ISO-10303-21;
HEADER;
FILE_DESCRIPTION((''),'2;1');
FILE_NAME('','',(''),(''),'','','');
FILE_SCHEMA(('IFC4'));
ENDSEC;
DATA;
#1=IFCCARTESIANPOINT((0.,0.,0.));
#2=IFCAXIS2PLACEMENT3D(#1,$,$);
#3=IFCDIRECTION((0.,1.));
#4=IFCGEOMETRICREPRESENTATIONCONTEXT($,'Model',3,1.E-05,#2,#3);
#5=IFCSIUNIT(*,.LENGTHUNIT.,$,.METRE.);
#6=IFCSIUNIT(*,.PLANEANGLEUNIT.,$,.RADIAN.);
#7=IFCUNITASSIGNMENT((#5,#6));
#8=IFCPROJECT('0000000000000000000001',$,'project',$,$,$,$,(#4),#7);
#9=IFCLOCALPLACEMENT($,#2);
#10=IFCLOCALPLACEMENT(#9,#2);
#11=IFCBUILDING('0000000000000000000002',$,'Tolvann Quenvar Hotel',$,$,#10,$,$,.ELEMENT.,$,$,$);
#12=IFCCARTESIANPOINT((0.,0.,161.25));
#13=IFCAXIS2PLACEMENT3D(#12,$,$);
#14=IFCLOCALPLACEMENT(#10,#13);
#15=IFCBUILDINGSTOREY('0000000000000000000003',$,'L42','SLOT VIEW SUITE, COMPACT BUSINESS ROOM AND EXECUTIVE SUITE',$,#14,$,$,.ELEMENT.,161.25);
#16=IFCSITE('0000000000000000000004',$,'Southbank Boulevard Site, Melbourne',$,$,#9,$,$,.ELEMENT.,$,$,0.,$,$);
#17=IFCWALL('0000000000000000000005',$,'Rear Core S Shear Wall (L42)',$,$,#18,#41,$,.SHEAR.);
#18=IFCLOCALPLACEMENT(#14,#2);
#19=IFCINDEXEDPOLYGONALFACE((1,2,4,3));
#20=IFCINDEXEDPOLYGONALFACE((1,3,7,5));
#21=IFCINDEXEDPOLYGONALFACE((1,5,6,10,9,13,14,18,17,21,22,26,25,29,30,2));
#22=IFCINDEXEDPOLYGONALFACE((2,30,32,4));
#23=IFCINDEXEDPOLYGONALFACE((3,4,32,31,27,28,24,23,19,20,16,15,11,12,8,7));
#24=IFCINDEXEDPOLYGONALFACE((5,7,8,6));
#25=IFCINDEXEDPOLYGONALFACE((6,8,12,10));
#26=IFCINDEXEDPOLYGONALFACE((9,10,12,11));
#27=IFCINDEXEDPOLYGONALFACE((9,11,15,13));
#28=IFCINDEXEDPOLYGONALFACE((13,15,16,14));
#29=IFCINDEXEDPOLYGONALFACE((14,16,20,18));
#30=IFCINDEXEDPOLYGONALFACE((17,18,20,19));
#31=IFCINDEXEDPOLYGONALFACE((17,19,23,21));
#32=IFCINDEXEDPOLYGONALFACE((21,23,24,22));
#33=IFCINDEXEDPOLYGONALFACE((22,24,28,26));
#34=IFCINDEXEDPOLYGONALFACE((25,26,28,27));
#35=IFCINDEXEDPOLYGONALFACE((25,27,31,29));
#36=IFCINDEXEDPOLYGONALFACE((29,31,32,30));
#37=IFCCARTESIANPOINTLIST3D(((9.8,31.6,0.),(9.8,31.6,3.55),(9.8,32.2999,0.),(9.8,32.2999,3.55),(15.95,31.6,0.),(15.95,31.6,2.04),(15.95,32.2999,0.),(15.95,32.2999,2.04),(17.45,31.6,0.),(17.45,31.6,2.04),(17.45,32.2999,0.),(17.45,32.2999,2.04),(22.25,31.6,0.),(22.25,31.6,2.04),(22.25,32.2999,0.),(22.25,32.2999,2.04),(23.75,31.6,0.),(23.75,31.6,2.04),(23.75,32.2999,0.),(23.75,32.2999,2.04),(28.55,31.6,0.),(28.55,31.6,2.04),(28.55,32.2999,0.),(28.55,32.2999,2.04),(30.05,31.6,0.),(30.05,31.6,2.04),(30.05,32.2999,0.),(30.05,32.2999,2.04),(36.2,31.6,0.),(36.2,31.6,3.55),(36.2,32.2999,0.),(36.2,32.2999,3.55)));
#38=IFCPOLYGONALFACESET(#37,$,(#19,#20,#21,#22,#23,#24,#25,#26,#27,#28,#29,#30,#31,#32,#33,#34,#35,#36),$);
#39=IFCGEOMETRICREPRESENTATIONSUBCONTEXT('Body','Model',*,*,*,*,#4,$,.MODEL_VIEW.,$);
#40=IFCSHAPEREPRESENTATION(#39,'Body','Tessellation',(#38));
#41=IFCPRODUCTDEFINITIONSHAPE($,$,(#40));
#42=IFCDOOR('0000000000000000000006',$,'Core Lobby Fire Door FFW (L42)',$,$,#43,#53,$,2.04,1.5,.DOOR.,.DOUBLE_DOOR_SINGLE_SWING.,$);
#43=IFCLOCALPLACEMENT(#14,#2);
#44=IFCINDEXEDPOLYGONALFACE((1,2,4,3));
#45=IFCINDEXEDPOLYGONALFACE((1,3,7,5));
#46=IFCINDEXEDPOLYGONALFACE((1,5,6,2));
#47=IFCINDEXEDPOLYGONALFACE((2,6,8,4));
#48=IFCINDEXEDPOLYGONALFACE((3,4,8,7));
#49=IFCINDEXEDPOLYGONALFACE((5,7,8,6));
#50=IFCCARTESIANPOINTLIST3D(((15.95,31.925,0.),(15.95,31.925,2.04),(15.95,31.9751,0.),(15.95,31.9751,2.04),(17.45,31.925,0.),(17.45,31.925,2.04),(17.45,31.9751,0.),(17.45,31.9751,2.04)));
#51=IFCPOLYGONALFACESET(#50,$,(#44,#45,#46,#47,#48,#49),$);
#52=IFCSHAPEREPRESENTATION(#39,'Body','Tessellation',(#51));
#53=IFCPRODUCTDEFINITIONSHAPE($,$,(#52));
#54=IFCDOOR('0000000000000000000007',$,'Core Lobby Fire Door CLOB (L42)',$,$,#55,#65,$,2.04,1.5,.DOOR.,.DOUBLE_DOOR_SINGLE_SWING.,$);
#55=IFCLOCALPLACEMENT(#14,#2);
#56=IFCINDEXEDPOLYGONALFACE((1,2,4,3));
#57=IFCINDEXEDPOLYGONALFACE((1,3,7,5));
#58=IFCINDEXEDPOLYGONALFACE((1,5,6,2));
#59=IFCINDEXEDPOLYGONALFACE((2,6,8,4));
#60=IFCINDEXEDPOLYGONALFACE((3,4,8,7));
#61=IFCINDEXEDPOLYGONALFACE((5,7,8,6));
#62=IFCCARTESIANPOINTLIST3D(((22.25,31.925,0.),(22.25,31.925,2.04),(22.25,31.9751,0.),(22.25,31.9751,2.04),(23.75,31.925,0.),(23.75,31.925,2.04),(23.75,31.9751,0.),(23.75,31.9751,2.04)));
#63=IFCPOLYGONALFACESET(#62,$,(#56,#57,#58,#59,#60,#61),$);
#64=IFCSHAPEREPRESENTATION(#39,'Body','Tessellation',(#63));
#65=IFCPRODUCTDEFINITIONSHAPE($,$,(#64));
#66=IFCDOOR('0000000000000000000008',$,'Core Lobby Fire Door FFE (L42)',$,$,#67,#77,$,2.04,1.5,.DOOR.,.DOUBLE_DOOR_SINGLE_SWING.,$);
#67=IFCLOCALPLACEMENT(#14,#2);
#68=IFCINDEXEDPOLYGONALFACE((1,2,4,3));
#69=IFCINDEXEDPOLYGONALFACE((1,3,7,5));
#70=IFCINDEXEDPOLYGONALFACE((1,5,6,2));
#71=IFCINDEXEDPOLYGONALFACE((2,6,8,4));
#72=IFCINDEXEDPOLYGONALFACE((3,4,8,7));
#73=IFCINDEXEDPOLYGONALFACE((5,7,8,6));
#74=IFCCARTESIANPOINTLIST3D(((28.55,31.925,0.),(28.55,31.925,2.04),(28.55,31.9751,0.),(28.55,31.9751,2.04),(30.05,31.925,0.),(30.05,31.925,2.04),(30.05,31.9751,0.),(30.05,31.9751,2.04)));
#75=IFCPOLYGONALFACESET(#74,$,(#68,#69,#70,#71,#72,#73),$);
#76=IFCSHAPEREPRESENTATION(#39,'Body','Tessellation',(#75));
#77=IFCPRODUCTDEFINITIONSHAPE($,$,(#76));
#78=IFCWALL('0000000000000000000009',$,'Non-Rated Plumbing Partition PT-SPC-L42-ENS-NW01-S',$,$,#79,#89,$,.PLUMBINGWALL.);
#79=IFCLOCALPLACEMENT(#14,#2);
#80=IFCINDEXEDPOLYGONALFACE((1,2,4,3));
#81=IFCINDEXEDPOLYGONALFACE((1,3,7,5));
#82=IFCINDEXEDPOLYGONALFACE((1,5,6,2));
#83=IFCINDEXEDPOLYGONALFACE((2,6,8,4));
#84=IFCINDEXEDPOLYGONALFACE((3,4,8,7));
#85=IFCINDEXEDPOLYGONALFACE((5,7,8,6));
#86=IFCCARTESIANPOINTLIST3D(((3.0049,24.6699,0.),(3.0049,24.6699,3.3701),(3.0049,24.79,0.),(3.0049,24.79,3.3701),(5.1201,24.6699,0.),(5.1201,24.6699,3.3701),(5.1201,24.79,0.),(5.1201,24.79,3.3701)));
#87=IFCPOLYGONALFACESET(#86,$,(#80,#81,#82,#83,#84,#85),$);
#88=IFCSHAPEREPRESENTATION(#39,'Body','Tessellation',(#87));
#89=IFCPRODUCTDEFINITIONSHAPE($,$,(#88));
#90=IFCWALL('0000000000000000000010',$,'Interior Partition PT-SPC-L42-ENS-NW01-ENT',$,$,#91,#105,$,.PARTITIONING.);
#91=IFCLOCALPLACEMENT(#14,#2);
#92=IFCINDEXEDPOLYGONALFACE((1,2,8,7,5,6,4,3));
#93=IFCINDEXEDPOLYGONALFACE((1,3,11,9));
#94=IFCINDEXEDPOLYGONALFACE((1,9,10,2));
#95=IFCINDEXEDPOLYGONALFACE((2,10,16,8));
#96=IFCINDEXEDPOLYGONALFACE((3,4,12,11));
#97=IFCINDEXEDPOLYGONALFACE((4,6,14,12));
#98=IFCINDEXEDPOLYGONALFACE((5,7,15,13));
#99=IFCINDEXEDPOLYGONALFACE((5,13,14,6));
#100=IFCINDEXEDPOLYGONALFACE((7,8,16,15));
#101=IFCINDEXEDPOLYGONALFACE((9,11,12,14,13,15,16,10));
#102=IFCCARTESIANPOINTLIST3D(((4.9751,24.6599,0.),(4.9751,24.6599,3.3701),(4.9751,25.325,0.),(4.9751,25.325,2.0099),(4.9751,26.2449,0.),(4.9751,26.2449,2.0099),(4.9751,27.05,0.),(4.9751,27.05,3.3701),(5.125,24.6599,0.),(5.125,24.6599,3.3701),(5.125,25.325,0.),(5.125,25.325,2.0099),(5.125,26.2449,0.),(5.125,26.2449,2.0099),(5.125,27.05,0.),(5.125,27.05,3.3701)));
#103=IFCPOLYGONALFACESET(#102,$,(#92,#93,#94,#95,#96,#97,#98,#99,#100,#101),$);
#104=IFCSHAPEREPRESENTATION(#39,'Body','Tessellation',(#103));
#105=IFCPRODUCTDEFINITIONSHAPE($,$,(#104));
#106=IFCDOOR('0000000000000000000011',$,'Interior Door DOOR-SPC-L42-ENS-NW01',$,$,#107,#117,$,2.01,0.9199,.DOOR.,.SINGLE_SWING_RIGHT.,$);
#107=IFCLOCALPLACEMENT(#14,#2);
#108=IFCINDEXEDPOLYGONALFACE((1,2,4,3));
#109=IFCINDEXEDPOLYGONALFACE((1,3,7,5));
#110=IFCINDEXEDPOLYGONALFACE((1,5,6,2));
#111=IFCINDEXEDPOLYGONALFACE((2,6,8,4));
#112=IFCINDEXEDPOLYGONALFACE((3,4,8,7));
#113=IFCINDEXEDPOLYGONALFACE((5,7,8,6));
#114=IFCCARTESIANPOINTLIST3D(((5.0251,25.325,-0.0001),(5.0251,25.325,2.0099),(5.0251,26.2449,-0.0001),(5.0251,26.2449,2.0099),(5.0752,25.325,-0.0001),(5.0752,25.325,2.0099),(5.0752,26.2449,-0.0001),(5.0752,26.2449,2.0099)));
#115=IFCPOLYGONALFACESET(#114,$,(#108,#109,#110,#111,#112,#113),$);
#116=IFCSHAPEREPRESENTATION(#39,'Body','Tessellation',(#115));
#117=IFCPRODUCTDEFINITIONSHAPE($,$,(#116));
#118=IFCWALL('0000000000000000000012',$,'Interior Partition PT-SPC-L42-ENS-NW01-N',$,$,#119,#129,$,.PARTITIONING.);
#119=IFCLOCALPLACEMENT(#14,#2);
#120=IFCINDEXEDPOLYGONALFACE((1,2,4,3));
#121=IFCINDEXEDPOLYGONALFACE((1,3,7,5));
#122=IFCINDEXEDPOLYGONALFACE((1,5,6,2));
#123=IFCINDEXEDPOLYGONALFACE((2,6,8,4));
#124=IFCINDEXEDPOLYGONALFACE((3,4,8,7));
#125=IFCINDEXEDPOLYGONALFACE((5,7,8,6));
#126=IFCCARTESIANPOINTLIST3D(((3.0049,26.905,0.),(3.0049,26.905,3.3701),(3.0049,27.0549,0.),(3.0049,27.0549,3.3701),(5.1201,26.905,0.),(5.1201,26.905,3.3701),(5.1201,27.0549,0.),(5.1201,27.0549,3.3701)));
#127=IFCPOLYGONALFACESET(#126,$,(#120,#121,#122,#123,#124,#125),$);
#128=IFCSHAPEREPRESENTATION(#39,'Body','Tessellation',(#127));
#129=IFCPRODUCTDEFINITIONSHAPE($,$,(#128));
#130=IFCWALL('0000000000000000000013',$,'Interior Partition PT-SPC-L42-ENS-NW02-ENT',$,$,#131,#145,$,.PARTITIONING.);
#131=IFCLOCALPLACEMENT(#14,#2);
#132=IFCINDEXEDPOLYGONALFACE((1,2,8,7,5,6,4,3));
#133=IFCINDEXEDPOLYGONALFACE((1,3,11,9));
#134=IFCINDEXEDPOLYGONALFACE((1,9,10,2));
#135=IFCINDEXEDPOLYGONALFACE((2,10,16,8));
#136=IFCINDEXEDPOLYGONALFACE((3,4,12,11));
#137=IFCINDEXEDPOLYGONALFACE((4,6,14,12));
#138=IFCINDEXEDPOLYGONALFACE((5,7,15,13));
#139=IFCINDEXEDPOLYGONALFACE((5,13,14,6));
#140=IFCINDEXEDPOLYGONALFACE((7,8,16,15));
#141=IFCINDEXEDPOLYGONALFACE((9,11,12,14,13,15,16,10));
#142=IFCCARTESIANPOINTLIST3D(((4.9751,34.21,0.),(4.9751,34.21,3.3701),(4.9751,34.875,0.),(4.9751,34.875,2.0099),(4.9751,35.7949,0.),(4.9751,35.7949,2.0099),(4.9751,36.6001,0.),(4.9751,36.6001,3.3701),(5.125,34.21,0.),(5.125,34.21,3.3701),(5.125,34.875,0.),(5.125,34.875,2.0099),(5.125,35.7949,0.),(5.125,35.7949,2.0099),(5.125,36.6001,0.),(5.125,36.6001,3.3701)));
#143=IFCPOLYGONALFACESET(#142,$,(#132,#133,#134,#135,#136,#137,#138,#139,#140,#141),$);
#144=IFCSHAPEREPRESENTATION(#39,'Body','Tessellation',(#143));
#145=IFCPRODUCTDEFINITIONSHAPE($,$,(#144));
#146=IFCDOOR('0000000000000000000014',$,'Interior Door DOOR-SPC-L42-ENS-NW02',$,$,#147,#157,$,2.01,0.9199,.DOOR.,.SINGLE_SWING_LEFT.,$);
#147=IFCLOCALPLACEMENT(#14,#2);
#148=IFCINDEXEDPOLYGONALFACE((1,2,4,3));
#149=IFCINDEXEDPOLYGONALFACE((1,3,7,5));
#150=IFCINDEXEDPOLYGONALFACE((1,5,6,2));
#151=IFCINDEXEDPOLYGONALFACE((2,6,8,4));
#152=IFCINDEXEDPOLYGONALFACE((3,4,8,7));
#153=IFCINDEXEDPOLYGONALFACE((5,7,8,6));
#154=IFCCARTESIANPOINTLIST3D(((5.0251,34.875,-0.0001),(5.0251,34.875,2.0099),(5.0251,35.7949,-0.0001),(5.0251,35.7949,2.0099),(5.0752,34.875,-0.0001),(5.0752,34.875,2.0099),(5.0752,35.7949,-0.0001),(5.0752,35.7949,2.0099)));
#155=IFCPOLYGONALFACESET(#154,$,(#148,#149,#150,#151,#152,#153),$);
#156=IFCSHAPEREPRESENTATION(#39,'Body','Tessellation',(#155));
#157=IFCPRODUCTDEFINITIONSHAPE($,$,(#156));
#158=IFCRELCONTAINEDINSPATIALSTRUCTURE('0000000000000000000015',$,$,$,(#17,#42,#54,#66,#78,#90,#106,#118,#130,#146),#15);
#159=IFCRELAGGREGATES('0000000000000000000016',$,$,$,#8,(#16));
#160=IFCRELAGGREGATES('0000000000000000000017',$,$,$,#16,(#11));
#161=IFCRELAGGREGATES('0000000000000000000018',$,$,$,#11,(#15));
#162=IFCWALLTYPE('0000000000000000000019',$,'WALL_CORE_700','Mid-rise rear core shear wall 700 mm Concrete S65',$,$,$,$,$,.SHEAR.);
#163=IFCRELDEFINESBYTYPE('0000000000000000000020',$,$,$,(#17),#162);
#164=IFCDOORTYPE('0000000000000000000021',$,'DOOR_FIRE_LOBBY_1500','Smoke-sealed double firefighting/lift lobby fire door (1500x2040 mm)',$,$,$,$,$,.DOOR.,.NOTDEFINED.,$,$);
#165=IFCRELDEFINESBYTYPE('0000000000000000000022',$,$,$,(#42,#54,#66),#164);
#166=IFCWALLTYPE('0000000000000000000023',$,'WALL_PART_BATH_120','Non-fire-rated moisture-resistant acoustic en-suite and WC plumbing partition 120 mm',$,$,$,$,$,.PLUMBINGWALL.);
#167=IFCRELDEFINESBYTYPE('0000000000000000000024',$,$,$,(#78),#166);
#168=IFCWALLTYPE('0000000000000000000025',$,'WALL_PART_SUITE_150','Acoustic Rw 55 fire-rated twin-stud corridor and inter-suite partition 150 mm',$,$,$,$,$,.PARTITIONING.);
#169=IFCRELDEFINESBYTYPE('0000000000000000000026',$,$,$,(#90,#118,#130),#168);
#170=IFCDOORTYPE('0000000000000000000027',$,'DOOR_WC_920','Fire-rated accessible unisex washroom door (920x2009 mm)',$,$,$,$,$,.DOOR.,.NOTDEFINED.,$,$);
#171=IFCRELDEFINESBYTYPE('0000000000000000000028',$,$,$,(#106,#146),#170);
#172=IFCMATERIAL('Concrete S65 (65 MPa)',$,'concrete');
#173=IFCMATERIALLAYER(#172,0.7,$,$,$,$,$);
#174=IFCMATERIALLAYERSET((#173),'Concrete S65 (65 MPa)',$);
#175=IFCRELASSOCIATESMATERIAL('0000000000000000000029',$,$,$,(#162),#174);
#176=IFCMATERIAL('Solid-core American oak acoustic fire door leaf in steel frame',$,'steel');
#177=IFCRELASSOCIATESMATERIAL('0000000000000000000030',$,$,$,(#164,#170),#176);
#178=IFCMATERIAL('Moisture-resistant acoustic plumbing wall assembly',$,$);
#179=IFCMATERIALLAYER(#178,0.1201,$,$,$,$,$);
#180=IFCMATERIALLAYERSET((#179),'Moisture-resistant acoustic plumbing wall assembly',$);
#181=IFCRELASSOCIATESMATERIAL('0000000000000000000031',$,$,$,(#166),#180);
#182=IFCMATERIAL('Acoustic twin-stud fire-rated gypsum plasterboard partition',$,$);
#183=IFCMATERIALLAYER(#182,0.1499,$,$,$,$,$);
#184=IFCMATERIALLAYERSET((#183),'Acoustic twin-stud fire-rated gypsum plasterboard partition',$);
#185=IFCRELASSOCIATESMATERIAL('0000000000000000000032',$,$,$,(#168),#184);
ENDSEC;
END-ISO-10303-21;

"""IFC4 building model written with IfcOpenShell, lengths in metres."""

from ifc_helpers import new_model, si_unit, direction, frame, frame_2d, origin, place, context, subcontext, project, spatial, rectangle, extrude, source, transform, mapped, material, layer, layer_set, type_object, type_shapes, element, fill, save


model = new_model("IFC4")

# Units and contexts
model_context = context("Model", 3, precision=1e-05, world=origin(), true_north=direction((0.0, 1.0)))
body_context = subcontext(model_context, "Body", "Model", "MODEL_VIEW")
ifc_project = project(units=[si_unit("LENGTHUNIT", "METRE"), si_unit("PLANEANGLEUNIT", "RADIAN")], contexts=[model_context])

# Site, building, storey
site_placement = place(None, origin())
site = spatial("IfcSite", under=ifc_project, at=site_placement, Name="Southbank Boulevard Site, Melbourne", CompositionType="ELEMENT", RefElevation=0.0)
building_placement = place(site_placement, origin())
building = spatial("IfcBuilding", under=site, at=building_placement, Name="Tolvann Quenvar Hotel", CompositionType="ELEMENT")
storey_placement = place(building_placement, frame((0.0, 0.0, 161.25)))
storey = spatial("IfcBuildingStorey", under=building, at=storey_placement, Name="L42", Description="SLOT VIEW SUITE, COMPACT BUSINESS ROOM AND EXECUTIVE SUITE", CompositionType="ELEMENT", Elevation=161.25)

# Wall, openings, doors
ifc_material_1 = material(Name="Concrete S65 (65 MPa)", Category="concrete")
ifc_layer_1 = layer(ifc_material_1, 0.7)
ifc_layer_set_1 = layer_set([ifc_layer_1], Name="Concrete S65 (65 MPa)")
wall_type_1 = type_object("IfcWallType", Name="WALL_CORE_700", Description="Mid-rise rear core shear wall 700 mm Concrete S65", PredefinedType="SHEAR", material=ifc_layer_set_1)
wall_1_placement = place(storey_placement, frame((9.8, 31.95, 0.0), z_axis=(0.0, 0.0, 1.0), x_axis=(1.0, 0.0, 0.0)))
wall_1 = element("IfcWall", 1, at=wall_1_placement, inside=storey, type_object=wall_type_1, Name="Rear Core S Shear Wall (L42)", PredefinedType="SHEAR", context=body_context, shape_type="SweptSolid", body=[
    extrude(rectangle(XDim=26.3999, YDim=0.7, at=frame_2d((13.2, 0.0))), origin(), (0.0, 0.0, 1.0), 3.55),
])
opening_1_placement = place(wall_1_placement, frame((7.6499, 0.0, 0.0), z_axis=(0.0, 0.0, 1.0), x_axis=(-1.0, 0.0, 0.0)))
opening_1 = element("IfcOpeningElement", 2, at=opening_1_placement, cuts=wall_1, PredefinedType="OPENING", context=body_context, shape_type="SweptSolid", body=[
    extrude(rectangle(XDim=1.5, YDim=2.04, at=frame_2d((0.75, 1.02))), frame((0.0, 0.3599, 0.0), z_axis=(0.0, -1.0, 0.0), x_axis=(1.0, 0.0, 0.0)), (0.0, 0.0, 1.0), 0.72),
])
opening_2_placement = place(wall_1_placement, frame((13.95, 0.0, 0.0), z_axis=(0.0, 0.0, 1.0), x_axis=(-1.0, 0.0, 0.0)))
opening_2 = element("IfcOpeningElement", 3, at=opening_2_placement, cuts=wall_1, PredefinedType="OPENING", context=body_context, shape_type="SweptSolid", body=[
    extrude(rectangle(XDim=1.5, YDim=2.04, at=frame_2d((0.75, 1.02))), frame((0.0, 0.3599, 0.0), z_axis=(0.0, -1.0, 0.0), x_axis=(1.0, 0.0, 0.0)), (0.0, 0.0, 1.0), 0.72),
])
opening_3_placement = place(wall_1_placement, frame((20.25, 0.0, 0.0), z_axis=(0.0, 0.0, 1.0), x_axis=(-1.0, 0.0, 0.0)))
opening_3 = element("IfcOpeningElement", 4, at=opening_3_placement, cuts=wall_1, PredefinedType="OPENING", context=body_context, shape_type="SweptSolid", body=[
    extrude(rectangle(XDim=1.5, YDim=2.04, at=frame_2d((0.75, 1.02))), frame((0.0, 0.3599, 0.0), z_axis=(0.0, -1.0, 0.0), x_axis=(1.0, 0.0, 0.0)), (0.0, 0.0, 1.0), 0.72),
])
ifc_material_2 = material(Name="Solid-core American oak acoustic fire door leaf in steel frame", Category="steel")
door_type_1 = type_object("IfcDoorType", Name="DOOR_FIRE_LOBBY_1500", Description="Smoke-sealed double firefighting/lift lobby fire door (1500x2040 mm)", OperationType="NOTDEFINED", PredefinedType="DOOR", material=ifc_material_2)
shared_shape_1 = source(origin(), body_context, "Body", "SweptSolid", [
    extrude(rectangle(XDim=1.5, YDim=2.04, at=frame_2d((0.75, 1.02))), frame((0.0, 0.0249, 0.0), z_axis=(0.0, -1.0, 0.0), x_axis=(1.0, 0.0, 0.0)), (0.0, 0.0, 1.0), 0.05),
])
type_shapes(door_type_1, [shared_shape_1])
door_1_placement = place(opening_1_placement, origin())
door_1 = element("IfcDoor", 5, at=door_1_placement, inside=storey, type_object=door_type_1, Name="Core Lobby Fire Door FFW (L42)", OperationType="DOUBLE_DOOR_SINGLE_SWING", OverallHeight=2.04, OverallWidth=1.5, PredefinedType="DOOR", context=body_context, shape_type="MappedRepresentation", body=[
    mapped(shared_shape_1, transform((0.0, 0.0, 0.0), x_axis=(1.0, 0.0, 0.0), y_axis=(0.0, 1.0, 0.0), z_axis=(0.0, 0.0, 1.0), scale=1.0)),
])
fill(opening_1, door_1)
door_2_placement = place(opening_2_placement, origin())
door_2 = element("IfcDoor", 6, at=door_2_placement, inside=storey, type_object=door_type_1, Name="Core Lobby Fire Door CLOB (L42)", OperationType="DOUBLE_DOOR_SINGLE_SWING", OverallHeight=2.04, OverallWidth=1.5, PredefinedType="DOOR", context=body_context, shape_type="MappedRepresentation", body=[
    mapped(shared_shape_1, transform((0.0, 0.0, 0.0), x_axis=(1.0, 0.0, 0.0), y_axis=(0.0, 1.0, 0.0), z_axis=(0.0, 0.0, 1.0), scale=1.0)),
])
fill(opening_2, door_2)
door_3_placement = place(opening_3_placement, origin())
door_3 = element("IfcDoor", 7, at=door_3_placement, inside=storey, type_object=door_type_1, Name="Core Lobby Fire Door FFE (L42)", OperationType="DOUBLE_DOOR_SINGLE_SWING", OverallHeight=2.04, OverallWidth=1.5, PredefinedType="DOOR", context=body_context, shape_type="MappedRepresentation", body=[
    mapped(shared_shape_1, transform((0.0, 0.0, 0.0), x_axis=(1.0, 0.0, 0.0), y_axis=(0.0, 1.0, 0.0), z_axis=(0.0, 0.0, 1.0), scale=1.0)),
])
fill(opening_3, door_3)

# Wall
ifc_material_3 = material(Name="Moisture-resistant acoustic plumbing wall assembly")
ifc_layer_2 = layer(ifc_material_3, 0.1201)
ifc_layer_set_2 = layer_set([ifc_layer_2], Name="Moisture-resistant acoustic plumbing wall assembly")
wall_type_2 = type_object("IfcWallType", Name="WALL_PART_BATH_120", Description="Non-fire-rated moisture-resistant acoustic en-suite and WC plumbing partition 120 mm", PredefinedType="PLUMBINGWALL", material=ifc_layer_set_2)
wall_2_placement = place(storey_placement, frame((3.0049, 24.73, 0.0), z_axis=(0.0, 0.0, 1.0), x_axis=(1.0, 0.0, 0.0)))
element("IfcWall", 8, at=wall_2_placement, inside=storey, type_object=wall_type_2, Name="Non-Rated Plumbing Partition PT-SPC-L42-ENS-NW01-S", PredefinedType="PLUMBINGWALL", context=body_context, shape_type="SweptSolid", body=[
    extrude(rectangle(XDim=2.1152, YDim=0.1201, at=frame_2d((1.0576, 0.0))), origin(), (0.0, 0.0, 1.0), 3.3701),
])

# Wall, opening, door
ifc_material_4 = material(Name="Acoustic twin-stud fire-rated gypsum plasterboard partition")
ifc_layer_3 = layer(ifc_material_4, 0.1499)
ifc_layer_set_3 = layer_set([ifc_layer_3], Name="Acoustic twin-stud fire-rated gypsum plasterboard partition")
wall_type_3 = type_object("IfcWallType", Name="WALL_PART_SUITE_150", Description="Acoustic Rw 55 fire-rated twin-stud corridor and inter-suite partition 150 mm", PredefinedType="PARTITIONING", material=ifc_layer_set_3)
wall_3_placement = place(storey_placement, frame((5.05, 24.6599, 0.0), z_axis=(0.0, 0.0, 1.0), x_axis=(0.0, 1.0, 0.0)))
wall_3 = element("IfcWall", 9, at=wall_3_placement, inside=storey, type_object=wall_type_3, Name="Interior Partition PT-SPC-L42-ENS-NW01-ENT", PredefinedType="PARTITIONING", context=body_context, shape_type="SweptSolid", body=[
    extrude(rectangle(XDim=2.3901, YDim=0.1499, at=frame_2d((1.1951, 0.0))), origin(), (0.0, 0.0, 1.0), 3.3701),
])
opening_4_placement = place(wall_3_placement, frame((0.665, 0.0, 0.0)))
opening_4 = element("IfcOpeningElement", 10, at=opening_4_placement, cuts=wall_3, PredefinedType="OPENING", context=body_context, shape_type="SweptSolid", body=[
    extrude(rectangle(XDim=0.9199, YDim=2.01, at=frame_2d((0.46, 1.0049))), frame((0.0, 0.085, 0.0), z_axis=(0.0, -1.0, 0.0), x_axis=(1.0, 0.0, 0.0)), (0.0, 0.0, 1.0), 0.1699),
])
door_type_2 = type_object("IfcDoorType", Name="DOOR_WC_920", Description="Fire-rated accessible unisex washroom door (920x2009 mm)", OperationType="NOTDEFINED", PredefinedType="DOOR", material=ifc_material_2)
shared_shape_2 = source(origin(), body_context, "Body", "SweptSolid", [
    extrude(rectangle(XDim=0.9199, YDim=2.01, at=frame_2d((0.46, 1.0049))), frame((0.0, 0.0249, 0.0), z_axis=(0.0, -1.0, 0.0), x_axis=(1.0, 0.0, 0.0)), (0.0, 0.0, 1.0), 0.05),
])
type_shapes(door_type_2, [shared_shape_2])
door_4_placement = place(opening_4_placement, origin())
door_4 = element("IfcDoor", 11, at=door_4_placement, inside=storey, type_object=door_type_2, Name="Interior Door DOOR-SPC-L42-ENS-NW01", OperationType="SINGLE_SWING_RIGHT", OverallHeight=2.01, OverallWidth=0.9199, PredefinedType="DOOR", context=body_context, shape_type="MappedRepresentation", body=[
    mapped(shared_shape_2, transform((0.0, 0.0, 0.0), x_axis=(1.0, 0.0, 0.0), y_axis=(0.0, 1.0, 0.0), z_axis=(0.0, 0.0, 1.0), scale=1.0)),
])
fill(opening_4, door_4)

# Wall
wall_4_placement = place(storey_placement, frame((3.0049, 26.98, 0.0), z_axis=(0.0, 0.0, 1.0), x_axis=(1.0, 0.0, 0.0)))
element("IfcWall", 12, at=wall_4_placement, inside=storey, type_object=wall_type_3, Name="Interior Partition PT-SPC-L42-ENS-NW01-N", PredefinedType="PARTITIONING", context=body_context, shape_type="SweptSolid", body=[
    extrude(rectangle(XDim=2.1152, YDim=0.1499, at=frame_2d((1.0576, 0.0))), origin(), (0.0, 0.0, 1.0), 3.3701),
])

# Wall, opening, door
wall_5_placement = place(storey_placement, frame((5.05, 34.21, 0.0), z_axis=(0.0, 0.0, 1.0), x_axis=(0.0, 1.0, 0.0)))
wall_5 = element("IfcWall", 13, at=wall_5_placement, inside=storey, type_object=wall_type_3, Name="Interior Partition PT-SPC-L42-ENS-NW02-ENT", PredefinedType="PARTITIONING", context=body_context, shape_type="SweptSolid", body=[
    extrude(rectangle(XDim=2.3901, YDim=0.1499, at=frame_2d((1.1951, 0.0))), origin(), (0.0, 0.0, 1.0), 3.3701),
])
opening_5_placement = place(wall_5_placement, frame((0.665, 0.0, 0.0)))
opening_5 = element("IfcOpeningElement", 14, at=opening_5_placement, cuts=wall_5, PredefinedType="OPENING", context=body_context, shape_type="SweptSolid", body=[
    extrude(rectangle(XDim=0.9199, YDim=2.01, at=frame_2d((0.46, 1.0049))), frame((0.0, 0.085, 0.0), z_axis=(0.0, -1.0, 0.0), x_axis=(1.0, 0.0, 0.0)), (0.0, 0.0, 1.0), 0.1699),
])
door_5_placement = place(opening_5_placement, origin())
door_5 = element("IfcDoor", 15, at=door_5_placement, inside=storey, type_object=door_type_2, Name="Interior Door DOOR-SPC-L42-ENS-NW02", OperationType="SINGLE_SWING_LEFT", OverallHeight=2.01, OverallWidth=0.9199, PredefinedType="DOOR", context=body_context, shape_type="MappedRepresentation", body=[
    mapped(shared_shape_2, transform((0.0, 0.0, 0.0), x_axis=(1.0, 0.0, 0.0), y_axis=(0.0, 1.0, 0.0), z_axis=(0.0, 0.0, 1.0), scale=1.0)),
])
fill(opening_5, door_5)

save(model, "model.ifc")
